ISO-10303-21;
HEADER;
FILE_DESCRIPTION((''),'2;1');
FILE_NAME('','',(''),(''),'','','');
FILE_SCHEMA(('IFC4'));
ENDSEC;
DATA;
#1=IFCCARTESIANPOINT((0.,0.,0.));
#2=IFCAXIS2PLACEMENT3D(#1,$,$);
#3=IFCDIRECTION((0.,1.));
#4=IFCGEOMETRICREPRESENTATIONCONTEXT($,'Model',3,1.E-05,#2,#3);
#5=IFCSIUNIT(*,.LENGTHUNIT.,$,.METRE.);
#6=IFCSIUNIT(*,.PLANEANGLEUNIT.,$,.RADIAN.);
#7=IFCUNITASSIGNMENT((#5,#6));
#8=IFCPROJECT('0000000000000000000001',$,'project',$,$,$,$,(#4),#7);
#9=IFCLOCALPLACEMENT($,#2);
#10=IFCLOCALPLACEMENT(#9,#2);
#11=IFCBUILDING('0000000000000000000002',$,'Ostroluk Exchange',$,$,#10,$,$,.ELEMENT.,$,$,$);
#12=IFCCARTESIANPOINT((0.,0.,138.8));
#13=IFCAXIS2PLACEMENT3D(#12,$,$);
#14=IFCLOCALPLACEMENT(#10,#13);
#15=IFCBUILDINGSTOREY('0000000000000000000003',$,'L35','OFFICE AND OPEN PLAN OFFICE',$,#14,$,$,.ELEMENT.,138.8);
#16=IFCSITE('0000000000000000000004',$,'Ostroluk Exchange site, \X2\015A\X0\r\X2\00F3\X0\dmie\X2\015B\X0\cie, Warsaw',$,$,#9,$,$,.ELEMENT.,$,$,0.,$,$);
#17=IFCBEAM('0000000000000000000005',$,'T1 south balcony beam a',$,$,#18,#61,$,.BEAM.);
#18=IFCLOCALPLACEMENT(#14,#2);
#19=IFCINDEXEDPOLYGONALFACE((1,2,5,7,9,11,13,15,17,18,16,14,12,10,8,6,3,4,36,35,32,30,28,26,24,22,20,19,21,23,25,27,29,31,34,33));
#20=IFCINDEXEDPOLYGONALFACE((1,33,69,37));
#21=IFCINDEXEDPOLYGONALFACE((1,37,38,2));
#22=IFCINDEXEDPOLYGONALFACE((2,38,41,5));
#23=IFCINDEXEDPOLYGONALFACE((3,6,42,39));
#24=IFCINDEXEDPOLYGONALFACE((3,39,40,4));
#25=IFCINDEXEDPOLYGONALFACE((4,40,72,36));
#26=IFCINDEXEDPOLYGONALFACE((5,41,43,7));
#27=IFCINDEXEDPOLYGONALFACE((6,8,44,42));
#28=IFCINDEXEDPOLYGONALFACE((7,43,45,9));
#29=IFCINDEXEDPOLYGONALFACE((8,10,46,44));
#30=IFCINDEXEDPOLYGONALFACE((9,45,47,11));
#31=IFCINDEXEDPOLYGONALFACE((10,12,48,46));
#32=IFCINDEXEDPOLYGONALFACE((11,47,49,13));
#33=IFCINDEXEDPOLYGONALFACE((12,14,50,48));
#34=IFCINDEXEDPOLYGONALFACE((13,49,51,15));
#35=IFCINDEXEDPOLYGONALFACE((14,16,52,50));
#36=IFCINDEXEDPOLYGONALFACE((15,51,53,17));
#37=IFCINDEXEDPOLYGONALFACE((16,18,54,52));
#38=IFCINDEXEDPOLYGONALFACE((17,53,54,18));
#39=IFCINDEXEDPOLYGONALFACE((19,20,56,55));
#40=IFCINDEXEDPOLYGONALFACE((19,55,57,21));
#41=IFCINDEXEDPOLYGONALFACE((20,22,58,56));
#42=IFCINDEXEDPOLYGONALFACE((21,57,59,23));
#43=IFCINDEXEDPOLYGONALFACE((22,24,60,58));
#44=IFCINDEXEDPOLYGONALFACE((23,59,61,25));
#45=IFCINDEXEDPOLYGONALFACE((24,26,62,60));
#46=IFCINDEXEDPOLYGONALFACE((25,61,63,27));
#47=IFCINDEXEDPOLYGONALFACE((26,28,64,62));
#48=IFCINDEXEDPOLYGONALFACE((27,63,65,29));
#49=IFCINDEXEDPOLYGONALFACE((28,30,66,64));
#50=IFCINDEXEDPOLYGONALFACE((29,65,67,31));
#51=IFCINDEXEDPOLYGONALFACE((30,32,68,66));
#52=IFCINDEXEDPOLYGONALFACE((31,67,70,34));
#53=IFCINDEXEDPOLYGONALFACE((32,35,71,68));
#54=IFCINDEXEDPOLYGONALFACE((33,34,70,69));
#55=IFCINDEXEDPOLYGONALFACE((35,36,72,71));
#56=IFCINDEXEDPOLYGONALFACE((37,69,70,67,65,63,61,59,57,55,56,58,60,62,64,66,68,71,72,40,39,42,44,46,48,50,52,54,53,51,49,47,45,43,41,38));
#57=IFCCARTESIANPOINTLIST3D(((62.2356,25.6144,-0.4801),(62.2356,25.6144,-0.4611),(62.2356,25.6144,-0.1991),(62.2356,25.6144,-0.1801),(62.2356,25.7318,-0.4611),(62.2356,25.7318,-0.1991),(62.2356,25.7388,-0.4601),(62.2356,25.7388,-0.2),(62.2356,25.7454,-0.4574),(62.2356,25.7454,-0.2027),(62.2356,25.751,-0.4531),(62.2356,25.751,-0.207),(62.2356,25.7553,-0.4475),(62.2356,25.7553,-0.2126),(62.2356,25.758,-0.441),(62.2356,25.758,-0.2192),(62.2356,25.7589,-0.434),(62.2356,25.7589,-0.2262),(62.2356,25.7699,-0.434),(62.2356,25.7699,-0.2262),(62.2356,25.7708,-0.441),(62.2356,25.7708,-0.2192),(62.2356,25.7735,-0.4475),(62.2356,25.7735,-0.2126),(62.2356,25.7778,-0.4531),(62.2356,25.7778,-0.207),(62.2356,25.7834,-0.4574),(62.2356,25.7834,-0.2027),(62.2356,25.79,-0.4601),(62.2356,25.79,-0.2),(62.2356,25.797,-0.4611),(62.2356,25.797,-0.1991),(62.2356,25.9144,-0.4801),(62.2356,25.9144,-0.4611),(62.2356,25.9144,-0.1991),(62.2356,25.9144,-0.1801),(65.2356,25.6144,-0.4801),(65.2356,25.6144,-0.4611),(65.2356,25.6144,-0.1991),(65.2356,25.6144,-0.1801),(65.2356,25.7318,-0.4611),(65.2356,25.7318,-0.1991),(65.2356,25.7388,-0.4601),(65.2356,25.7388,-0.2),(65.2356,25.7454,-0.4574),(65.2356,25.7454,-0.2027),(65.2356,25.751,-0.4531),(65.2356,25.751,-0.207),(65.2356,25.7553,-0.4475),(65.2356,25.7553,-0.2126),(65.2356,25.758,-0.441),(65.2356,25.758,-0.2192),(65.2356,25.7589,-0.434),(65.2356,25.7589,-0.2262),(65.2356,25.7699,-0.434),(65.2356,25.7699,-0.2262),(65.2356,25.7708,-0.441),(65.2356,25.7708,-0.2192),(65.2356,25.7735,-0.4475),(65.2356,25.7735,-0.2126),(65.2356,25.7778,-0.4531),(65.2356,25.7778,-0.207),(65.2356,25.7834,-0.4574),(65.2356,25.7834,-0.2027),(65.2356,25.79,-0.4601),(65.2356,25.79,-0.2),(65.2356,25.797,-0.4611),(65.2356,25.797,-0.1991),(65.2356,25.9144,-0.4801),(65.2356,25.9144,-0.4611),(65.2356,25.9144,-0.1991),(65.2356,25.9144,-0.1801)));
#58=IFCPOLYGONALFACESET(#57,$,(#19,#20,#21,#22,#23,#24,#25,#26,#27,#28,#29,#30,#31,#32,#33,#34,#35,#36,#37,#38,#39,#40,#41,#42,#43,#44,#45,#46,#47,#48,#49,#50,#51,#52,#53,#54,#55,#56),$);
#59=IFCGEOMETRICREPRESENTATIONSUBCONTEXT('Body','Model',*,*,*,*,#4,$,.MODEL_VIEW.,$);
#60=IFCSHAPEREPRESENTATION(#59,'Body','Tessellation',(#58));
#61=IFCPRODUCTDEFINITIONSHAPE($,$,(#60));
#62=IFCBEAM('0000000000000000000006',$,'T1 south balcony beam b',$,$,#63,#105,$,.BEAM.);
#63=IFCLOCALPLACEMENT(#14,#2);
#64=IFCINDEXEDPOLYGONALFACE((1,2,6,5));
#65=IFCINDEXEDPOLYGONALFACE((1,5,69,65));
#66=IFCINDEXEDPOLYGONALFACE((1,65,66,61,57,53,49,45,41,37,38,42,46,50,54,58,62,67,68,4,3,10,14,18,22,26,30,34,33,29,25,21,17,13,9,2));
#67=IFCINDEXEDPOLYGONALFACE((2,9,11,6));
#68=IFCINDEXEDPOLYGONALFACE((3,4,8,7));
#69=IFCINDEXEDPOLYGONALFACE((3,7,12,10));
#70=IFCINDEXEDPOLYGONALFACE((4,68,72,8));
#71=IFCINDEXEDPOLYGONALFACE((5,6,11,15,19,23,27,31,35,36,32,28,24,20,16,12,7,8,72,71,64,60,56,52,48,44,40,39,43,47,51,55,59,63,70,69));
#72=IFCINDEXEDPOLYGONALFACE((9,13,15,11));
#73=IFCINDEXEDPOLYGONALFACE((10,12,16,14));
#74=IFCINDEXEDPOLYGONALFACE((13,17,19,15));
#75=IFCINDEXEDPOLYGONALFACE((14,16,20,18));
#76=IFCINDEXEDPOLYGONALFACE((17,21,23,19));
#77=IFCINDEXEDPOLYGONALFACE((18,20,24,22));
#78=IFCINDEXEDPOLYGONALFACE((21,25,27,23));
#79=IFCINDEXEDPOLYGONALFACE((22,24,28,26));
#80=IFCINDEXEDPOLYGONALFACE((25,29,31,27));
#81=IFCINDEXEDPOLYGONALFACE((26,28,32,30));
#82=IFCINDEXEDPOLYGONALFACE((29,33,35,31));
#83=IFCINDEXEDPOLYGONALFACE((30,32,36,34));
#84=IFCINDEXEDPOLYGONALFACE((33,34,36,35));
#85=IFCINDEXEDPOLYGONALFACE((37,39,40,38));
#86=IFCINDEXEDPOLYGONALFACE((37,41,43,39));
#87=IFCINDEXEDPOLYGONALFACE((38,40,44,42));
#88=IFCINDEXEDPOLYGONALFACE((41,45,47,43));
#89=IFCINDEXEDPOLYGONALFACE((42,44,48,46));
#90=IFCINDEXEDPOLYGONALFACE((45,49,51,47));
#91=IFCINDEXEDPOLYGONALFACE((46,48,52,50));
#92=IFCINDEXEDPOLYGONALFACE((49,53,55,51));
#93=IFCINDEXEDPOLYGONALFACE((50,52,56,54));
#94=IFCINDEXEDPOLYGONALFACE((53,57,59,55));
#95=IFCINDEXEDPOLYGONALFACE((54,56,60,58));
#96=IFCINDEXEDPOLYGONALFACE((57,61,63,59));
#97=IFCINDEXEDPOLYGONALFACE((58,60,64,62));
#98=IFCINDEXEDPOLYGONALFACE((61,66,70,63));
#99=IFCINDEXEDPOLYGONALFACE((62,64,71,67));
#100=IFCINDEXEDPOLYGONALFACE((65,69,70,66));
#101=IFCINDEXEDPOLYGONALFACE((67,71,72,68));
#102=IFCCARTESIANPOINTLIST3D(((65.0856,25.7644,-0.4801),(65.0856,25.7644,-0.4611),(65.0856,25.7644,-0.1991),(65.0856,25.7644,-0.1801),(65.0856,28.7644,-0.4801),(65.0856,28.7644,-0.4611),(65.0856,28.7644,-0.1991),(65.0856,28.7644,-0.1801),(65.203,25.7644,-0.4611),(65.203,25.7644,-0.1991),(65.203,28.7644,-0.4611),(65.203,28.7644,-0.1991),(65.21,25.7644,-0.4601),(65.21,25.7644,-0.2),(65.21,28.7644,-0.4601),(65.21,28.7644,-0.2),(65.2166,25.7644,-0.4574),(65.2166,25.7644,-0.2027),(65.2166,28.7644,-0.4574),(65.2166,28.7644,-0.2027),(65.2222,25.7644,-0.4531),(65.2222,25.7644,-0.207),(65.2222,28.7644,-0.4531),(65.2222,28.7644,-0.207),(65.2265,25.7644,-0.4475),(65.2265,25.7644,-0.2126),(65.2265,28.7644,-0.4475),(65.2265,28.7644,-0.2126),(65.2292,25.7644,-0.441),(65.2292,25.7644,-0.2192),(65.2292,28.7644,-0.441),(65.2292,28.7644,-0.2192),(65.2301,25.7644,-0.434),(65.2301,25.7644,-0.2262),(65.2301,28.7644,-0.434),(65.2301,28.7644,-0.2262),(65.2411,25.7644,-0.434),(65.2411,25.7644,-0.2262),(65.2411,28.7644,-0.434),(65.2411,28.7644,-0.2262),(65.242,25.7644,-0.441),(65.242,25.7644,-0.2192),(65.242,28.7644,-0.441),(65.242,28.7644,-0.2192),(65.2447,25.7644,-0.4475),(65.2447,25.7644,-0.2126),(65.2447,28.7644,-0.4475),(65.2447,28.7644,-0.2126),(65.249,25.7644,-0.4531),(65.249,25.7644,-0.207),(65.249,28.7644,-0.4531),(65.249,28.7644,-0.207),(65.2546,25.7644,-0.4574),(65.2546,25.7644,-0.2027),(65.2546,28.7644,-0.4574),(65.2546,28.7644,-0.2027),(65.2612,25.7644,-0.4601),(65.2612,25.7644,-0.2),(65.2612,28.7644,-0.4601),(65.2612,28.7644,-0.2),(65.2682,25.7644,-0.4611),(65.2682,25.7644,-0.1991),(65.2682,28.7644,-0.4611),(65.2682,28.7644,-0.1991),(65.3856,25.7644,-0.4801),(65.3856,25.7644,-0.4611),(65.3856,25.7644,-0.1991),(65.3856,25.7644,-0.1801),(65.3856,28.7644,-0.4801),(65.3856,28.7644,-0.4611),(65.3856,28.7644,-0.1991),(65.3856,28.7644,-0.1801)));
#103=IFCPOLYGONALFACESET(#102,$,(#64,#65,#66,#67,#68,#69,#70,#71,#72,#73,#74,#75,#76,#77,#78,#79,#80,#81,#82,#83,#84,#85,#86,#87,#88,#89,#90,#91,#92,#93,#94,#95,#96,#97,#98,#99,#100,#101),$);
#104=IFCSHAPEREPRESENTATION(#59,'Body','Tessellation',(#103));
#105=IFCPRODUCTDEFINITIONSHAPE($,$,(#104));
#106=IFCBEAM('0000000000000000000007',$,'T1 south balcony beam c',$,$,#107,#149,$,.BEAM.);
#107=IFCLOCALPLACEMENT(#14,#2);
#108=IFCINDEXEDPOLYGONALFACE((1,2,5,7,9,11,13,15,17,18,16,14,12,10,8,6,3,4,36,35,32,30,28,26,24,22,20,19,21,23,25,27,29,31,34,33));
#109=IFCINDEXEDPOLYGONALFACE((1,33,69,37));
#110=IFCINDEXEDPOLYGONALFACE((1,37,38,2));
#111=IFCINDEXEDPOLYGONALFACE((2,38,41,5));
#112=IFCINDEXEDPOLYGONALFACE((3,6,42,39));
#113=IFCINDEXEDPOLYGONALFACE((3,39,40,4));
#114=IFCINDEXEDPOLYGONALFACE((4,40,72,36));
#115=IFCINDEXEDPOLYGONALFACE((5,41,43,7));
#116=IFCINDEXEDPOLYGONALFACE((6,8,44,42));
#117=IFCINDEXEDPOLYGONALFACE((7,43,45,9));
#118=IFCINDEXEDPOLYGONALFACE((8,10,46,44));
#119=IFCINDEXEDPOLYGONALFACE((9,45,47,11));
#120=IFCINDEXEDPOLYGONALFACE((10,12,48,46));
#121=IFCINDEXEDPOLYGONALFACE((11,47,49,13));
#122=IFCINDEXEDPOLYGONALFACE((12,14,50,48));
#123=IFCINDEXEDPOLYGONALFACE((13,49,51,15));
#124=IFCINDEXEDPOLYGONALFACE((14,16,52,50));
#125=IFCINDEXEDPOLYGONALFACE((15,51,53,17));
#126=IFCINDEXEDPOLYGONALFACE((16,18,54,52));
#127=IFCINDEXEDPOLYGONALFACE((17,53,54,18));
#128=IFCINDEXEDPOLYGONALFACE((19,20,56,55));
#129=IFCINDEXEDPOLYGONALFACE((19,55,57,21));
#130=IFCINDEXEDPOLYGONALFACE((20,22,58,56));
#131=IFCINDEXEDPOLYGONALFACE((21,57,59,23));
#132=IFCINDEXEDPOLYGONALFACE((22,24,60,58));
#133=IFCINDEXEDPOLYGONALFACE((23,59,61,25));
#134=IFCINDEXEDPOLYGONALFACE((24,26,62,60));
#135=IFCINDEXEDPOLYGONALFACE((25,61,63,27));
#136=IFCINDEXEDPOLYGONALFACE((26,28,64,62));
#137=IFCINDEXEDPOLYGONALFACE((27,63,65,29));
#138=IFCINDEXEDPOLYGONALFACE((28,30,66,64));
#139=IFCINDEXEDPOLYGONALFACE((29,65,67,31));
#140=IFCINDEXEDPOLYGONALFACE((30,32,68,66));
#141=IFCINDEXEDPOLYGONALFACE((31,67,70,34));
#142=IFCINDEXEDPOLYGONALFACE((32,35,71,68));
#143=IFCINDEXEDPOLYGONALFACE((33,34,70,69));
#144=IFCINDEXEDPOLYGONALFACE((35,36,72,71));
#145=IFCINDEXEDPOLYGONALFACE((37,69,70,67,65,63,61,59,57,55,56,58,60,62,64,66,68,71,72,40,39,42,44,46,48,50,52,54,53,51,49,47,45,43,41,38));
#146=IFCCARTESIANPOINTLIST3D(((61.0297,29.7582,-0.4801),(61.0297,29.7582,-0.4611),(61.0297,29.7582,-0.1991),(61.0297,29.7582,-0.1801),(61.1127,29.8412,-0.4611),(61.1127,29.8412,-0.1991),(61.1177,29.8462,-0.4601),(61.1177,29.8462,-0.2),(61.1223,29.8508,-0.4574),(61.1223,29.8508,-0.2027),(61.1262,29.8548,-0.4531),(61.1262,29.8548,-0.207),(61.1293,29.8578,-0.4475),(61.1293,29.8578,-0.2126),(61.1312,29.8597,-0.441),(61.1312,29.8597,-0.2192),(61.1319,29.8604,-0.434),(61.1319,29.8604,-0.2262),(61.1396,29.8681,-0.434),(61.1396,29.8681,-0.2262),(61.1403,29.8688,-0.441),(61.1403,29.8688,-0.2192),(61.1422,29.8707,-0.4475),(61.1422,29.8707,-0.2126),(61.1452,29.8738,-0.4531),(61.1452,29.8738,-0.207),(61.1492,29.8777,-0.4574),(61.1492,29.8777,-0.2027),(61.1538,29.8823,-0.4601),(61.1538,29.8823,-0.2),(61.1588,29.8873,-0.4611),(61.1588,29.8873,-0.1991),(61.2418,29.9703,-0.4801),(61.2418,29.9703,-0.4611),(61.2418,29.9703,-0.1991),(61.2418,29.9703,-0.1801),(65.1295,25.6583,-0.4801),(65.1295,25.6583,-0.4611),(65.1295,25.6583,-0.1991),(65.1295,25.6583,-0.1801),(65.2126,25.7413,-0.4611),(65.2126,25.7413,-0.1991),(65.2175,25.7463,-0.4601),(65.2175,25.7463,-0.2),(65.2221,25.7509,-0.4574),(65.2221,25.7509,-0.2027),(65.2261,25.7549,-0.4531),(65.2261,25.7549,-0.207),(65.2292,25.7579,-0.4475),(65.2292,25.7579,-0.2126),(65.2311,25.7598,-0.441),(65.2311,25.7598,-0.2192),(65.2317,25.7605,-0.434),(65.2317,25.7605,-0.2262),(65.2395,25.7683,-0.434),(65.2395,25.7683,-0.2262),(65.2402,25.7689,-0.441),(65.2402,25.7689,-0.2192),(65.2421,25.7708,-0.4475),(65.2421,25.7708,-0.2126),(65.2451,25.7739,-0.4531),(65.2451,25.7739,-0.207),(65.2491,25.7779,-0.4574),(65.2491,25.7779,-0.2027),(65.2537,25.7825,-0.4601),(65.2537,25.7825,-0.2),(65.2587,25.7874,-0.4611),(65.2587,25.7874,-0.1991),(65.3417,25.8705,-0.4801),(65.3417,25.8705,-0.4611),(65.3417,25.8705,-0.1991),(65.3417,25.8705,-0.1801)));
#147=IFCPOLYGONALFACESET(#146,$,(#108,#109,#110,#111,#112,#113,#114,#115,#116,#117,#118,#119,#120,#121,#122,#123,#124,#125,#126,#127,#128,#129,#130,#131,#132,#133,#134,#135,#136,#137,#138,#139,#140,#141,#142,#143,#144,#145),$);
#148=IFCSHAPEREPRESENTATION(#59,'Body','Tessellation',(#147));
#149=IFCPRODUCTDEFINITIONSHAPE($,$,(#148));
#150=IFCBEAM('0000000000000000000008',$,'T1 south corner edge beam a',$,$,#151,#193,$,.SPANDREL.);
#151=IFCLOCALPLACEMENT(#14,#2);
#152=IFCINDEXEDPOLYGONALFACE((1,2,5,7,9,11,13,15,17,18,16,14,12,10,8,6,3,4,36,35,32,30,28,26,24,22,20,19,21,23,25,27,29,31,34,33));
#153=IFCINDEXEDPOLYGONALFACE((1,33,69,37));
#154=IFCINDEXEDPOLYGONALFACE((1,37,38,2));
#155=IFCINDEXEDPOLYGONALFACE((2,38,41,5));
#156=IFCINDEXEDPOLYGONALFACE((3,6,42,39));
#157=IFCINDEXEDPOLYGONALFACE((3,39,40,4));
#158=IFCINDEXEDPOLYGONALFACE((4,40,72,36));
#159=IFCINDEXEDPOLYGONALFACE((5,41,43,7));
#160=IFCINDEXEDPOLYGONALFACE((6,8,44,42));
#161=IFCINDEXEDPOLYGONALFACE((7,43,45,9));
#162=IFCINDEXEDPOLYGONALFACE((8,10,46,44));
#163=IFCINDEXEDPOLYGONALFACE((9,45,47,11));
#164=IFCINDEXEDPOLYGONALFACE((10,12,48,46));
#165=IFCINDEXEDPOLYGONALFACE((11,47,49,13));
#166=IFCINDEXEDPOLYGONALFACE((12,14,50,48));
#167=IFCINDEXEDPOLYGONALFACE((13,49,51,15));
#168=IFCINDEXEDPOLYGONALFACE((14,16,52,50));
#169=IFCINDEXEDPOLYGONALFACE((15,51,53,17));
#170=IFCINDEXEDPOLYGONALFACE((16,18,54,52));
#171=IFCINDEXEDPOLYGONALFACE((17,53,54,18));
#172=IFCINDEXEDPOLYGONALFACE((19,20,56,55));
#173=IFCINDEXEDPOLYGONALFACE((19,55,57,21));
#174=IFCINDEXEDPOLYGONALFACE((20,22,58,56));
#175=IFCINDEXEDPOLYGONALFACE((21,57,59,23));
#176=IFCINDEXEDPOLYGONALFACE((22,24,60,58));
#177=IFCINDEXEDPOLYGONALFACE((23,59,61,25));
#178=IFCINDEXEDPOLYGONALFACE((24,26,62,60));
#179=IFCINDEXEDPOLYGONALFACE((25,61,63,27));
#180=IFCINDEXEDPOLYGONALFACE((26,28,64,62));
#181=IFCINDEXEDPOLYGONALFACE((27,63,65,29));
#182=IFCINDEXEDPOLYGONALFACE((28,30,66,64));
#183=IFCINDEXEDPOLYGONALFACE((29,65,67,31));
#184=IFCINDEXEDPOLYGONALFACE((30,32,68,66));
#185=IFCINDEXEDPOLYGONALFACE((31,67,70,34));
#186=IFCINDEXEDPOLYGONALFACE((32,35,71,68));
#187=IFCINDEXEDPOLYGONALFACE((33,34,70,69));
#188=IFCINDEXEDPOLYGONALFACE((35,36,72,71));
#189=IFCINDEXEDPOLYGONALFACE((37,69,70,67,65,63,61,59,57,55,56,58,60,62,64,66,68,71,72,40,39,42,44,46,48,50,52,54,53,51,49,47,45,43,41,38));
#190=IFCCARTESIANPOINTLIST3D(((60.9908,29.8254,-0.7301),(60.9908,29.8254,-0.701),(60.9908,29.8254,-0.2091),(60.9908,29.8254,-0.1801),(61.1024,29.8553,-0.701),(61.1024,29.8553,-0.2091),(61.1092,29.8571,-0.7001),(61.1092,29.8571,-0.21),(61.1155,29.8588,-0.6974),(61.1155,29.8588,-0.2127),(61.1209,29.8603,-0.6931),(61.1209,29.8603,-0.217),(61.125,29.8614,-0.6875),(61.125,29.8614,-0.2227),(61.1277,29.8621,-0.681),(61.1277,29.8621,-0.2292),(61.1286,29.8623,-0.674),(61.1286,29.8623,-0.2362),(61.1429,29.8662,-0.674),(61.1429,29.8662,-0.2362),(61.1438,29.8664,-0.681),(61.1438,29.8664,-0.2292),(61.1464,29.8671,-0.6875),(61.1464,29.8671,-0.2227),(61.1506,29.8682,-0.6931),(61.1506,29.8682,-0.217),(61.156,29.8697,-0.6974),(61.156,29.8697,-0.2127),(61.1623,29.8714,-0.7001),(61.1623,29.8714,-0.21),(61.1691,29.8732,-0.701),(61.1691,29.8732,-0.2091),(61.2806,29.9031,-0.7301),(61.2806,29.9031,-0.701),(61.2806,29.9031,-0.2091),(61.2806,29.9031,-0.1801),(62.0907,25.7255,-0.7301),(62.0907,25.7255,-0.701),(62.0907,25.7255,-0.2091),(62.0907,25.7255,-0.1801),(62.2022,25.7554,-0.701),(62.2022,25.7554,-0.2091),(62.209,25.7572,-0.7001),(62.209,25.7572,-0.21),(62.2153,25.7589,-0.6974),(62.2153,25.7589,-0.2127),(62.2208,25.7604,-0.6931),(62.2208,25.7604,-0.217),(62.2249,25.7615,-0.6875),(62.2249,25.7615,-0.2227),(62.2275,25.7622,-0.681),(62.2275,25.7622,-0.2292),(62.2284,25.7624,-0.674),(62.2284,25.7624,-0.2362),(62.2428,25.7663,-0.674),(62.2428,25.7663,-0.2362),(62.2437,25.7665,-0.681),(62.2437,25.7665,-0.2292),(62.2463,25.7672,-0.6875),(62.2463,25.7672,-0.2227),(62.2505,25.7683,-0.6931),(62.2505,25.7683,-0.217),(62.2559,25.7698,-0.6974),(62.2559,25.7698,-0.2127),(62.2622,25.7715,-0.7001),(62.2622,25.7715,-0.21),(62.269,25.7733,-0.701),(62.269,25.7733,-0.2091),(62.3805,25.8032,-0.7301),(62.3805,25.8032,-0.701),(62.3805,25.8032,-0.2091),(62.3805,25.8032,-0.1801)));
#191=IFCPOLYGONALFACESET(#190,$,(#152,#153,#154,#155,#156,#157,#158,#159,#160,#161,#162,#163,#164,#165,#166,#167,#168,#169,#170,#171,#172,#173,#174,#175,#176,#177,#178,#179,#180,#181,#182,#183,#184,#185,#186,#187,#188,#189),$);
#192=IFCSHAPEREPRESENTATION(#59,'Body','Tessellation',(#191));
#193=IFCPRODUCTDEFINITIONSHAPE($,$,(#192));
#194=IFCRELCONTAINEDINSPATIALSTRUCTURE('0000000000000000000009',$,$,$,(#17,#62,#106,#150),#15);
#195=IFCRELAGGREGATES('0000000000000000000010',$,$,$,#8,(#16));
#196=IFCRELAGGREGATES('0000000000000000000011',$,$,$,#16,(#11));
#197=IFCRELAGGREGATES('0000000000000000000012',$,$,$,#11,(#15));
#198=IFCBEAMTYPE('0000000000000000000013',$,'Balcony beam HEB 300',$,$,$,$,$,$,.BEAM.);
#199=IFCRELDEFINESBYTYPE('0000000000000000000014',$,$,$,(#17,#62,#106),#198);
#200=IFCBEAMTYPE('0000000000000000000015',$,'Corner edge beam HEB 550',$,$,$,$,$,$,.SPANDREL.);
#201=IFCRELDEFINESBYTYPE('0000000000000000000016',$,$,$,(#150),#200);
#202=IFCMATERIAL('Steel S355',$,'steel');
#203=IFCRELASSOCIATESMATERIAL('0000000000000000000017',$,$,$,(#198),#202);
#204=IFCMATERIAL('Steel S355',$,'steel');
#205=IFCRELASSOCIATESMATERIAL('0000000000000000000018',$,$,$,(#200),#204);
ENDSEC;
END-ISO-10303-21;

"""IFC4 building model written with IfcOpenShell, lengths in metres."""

from ifc_helpers import new_model, si_unit, direction, frame, origin, origin_2d, place, context, subcontext, project, spatial, i_section, extrude, material, material_profile, profile_set, type_object, element, save


model = new_model("IFC4")

# Units and contexts
model_context = context("Model", 3, precision=1e-05, world=origin(), true_north=direction((0.0, 1.0)))
body_context = subcontext(model_context, "Body", "Model", "MODEL_VIEW")
ifc_project = project(units=[si_unit("LENGTHUNIT", "METRE"), si_unit("PLANEANGLEUNIT", "RADIAN")], contexts=[model_context])

# Site, building, storey
site_placement = place(None, origin())
site = spatial("IfcSite", under=ifc_project, at=site_placement, Name="Ostroluk Exchange site, Śródmieście, Warsaw", CompositionType="ELEMENT", RefElevation=0.0)
building_placement = place(site_placement, origin())
building = spatial("IfcBuilding", under=site, at=building_placement, Name="Ostroluk Exchange", CompositionType="ELEMENT")
storey_placement = place(building_placement, frame((0.0, 0.0, 138.8)))
storey = spatial("IfcBuildingStorey", under=building, at=storey_placement, Name="L35", Description="OFFICE AND OPEN PLAN OFFICE", CompositionType="ELEMENT", Elevation=138.8)

# Beams
ifc_material_1 = material(Name="Steel S355", Category="steel")
ifc_material_profile_1 = material_profile(ifc_material_1, i_section(OverallWidth=0.3, OverallDepth=0.3, WebThickness=0.011, FlangeThickness=0.019, FilletRadius=0.0271, at=origin_2d()), Name="HEB 300")
ifc_profile_set_1 = profile_set([ifc_material_profile_1], Name="Steel S355")
beam_type_1 = type_object("IfcBeamType", Name="Balcony beam HEB 300", PredefinedType="BEAM", material=ifc_profile_set_1)
for number, where, z_axis, x_axis, name in (
    (1, (62.2356, 25.7644, -0.3301), (1.0, 0.0, 0.0), (0.0, 1.0, 0.0), "T1 south balcony beam a"),
    (2, (65.2356, 28.7644, -0.3301), (0.0, -1.0, 0.0), (1.0, 0.0, 0.0), "T1 south balcony beam b"),
):
    element("IfcBeam", number, at=place(storey_placement, frame(where, z_axis=z_axis, x_axis=x_axis)), inside=storey, type_object=beam_type_1, Name=name, PredefinedType="BEAM", context=body_context, shape_type="SweptSolid", body=[
        extrude(i_section(OverallWidth=0.3, OverallDepth=0.3, WebThickness=0.011, FlangeThickness=0.019, FilletRadius=0.0271, at=origin_2d()), origin(), (0.0, 0.0, 1.0), 3.0),
    ])
beam_1_placement = place(storey_placement, frame((61.1357, 29.8643, -0.3301), z_axis=(0.707107, -0.707107, 0.0), x_axis=(0.707107, 0.707107, 0.0)))
element("IfcBeam", 3, at=beam_1_placement, inside=storey, type_object=beam_type_1, Name="T1 south balcony beam c", PredefinedType="BEAM", context=body_context, shape_type="SweptSolid", body=[
    extrude(i_section(OverallWidth=0.3, OverallDepth=0.3, WebThickness=0.011, FlangeThickness=0.019, FilletRadius=0.0271, at=origin_2d()), origin(), (0.0, 0.0, 1.0), 5.7981),
])
ifc_material_2 = material(Name="Steel S355", Category="steel")
ifc_material_profile_2 = material_profile(ifc_material_2, i_section(OverallWidth=0.3, OverallDepth=0.55, WebThickness=0.0149, FlangeThickness=0.0291, FilletRadius=0.0271, at=origin_2d()), Name="HEB 550")
ifc_profile_set_2 = profile_set([ifc_material_profile_2], Name="Steel S355")
beam_type_2 = type_object("IfcBeamType", Name="Corner edge beam HEB 550", PredefinedType="SPANDREL", material=ifc_profile_set_2)
for number, where, z_axis, x_axis, name in (
    (4, (61.1357, 29.8643, -0.4551), (0.259105, -0.965849, 0.0), (0.965849, 0.259105, 0.0), "T1 south corner edge beam a"),
):
    element("IfcBeam", number, at=place(storey_placement, frame(where, z_axis=z_axis, x_axis=x_axis)), inside=storey, type_object=beam_type_2, Name=name, PredefinedType="SPANDREL", context=body_context, shape_type="SweptSolid", body=[
        extrude(i_section(OverallWidth=0.3, OverallDepth=0.55, WebThickness=0.0149, FlangeThickness=0.0291, FilletRadius=0.0271, at=origin_2d()), origin(), (0.0, 0.0, 1.0), 4.2449),
    ])

save(model, "model.ifc")
